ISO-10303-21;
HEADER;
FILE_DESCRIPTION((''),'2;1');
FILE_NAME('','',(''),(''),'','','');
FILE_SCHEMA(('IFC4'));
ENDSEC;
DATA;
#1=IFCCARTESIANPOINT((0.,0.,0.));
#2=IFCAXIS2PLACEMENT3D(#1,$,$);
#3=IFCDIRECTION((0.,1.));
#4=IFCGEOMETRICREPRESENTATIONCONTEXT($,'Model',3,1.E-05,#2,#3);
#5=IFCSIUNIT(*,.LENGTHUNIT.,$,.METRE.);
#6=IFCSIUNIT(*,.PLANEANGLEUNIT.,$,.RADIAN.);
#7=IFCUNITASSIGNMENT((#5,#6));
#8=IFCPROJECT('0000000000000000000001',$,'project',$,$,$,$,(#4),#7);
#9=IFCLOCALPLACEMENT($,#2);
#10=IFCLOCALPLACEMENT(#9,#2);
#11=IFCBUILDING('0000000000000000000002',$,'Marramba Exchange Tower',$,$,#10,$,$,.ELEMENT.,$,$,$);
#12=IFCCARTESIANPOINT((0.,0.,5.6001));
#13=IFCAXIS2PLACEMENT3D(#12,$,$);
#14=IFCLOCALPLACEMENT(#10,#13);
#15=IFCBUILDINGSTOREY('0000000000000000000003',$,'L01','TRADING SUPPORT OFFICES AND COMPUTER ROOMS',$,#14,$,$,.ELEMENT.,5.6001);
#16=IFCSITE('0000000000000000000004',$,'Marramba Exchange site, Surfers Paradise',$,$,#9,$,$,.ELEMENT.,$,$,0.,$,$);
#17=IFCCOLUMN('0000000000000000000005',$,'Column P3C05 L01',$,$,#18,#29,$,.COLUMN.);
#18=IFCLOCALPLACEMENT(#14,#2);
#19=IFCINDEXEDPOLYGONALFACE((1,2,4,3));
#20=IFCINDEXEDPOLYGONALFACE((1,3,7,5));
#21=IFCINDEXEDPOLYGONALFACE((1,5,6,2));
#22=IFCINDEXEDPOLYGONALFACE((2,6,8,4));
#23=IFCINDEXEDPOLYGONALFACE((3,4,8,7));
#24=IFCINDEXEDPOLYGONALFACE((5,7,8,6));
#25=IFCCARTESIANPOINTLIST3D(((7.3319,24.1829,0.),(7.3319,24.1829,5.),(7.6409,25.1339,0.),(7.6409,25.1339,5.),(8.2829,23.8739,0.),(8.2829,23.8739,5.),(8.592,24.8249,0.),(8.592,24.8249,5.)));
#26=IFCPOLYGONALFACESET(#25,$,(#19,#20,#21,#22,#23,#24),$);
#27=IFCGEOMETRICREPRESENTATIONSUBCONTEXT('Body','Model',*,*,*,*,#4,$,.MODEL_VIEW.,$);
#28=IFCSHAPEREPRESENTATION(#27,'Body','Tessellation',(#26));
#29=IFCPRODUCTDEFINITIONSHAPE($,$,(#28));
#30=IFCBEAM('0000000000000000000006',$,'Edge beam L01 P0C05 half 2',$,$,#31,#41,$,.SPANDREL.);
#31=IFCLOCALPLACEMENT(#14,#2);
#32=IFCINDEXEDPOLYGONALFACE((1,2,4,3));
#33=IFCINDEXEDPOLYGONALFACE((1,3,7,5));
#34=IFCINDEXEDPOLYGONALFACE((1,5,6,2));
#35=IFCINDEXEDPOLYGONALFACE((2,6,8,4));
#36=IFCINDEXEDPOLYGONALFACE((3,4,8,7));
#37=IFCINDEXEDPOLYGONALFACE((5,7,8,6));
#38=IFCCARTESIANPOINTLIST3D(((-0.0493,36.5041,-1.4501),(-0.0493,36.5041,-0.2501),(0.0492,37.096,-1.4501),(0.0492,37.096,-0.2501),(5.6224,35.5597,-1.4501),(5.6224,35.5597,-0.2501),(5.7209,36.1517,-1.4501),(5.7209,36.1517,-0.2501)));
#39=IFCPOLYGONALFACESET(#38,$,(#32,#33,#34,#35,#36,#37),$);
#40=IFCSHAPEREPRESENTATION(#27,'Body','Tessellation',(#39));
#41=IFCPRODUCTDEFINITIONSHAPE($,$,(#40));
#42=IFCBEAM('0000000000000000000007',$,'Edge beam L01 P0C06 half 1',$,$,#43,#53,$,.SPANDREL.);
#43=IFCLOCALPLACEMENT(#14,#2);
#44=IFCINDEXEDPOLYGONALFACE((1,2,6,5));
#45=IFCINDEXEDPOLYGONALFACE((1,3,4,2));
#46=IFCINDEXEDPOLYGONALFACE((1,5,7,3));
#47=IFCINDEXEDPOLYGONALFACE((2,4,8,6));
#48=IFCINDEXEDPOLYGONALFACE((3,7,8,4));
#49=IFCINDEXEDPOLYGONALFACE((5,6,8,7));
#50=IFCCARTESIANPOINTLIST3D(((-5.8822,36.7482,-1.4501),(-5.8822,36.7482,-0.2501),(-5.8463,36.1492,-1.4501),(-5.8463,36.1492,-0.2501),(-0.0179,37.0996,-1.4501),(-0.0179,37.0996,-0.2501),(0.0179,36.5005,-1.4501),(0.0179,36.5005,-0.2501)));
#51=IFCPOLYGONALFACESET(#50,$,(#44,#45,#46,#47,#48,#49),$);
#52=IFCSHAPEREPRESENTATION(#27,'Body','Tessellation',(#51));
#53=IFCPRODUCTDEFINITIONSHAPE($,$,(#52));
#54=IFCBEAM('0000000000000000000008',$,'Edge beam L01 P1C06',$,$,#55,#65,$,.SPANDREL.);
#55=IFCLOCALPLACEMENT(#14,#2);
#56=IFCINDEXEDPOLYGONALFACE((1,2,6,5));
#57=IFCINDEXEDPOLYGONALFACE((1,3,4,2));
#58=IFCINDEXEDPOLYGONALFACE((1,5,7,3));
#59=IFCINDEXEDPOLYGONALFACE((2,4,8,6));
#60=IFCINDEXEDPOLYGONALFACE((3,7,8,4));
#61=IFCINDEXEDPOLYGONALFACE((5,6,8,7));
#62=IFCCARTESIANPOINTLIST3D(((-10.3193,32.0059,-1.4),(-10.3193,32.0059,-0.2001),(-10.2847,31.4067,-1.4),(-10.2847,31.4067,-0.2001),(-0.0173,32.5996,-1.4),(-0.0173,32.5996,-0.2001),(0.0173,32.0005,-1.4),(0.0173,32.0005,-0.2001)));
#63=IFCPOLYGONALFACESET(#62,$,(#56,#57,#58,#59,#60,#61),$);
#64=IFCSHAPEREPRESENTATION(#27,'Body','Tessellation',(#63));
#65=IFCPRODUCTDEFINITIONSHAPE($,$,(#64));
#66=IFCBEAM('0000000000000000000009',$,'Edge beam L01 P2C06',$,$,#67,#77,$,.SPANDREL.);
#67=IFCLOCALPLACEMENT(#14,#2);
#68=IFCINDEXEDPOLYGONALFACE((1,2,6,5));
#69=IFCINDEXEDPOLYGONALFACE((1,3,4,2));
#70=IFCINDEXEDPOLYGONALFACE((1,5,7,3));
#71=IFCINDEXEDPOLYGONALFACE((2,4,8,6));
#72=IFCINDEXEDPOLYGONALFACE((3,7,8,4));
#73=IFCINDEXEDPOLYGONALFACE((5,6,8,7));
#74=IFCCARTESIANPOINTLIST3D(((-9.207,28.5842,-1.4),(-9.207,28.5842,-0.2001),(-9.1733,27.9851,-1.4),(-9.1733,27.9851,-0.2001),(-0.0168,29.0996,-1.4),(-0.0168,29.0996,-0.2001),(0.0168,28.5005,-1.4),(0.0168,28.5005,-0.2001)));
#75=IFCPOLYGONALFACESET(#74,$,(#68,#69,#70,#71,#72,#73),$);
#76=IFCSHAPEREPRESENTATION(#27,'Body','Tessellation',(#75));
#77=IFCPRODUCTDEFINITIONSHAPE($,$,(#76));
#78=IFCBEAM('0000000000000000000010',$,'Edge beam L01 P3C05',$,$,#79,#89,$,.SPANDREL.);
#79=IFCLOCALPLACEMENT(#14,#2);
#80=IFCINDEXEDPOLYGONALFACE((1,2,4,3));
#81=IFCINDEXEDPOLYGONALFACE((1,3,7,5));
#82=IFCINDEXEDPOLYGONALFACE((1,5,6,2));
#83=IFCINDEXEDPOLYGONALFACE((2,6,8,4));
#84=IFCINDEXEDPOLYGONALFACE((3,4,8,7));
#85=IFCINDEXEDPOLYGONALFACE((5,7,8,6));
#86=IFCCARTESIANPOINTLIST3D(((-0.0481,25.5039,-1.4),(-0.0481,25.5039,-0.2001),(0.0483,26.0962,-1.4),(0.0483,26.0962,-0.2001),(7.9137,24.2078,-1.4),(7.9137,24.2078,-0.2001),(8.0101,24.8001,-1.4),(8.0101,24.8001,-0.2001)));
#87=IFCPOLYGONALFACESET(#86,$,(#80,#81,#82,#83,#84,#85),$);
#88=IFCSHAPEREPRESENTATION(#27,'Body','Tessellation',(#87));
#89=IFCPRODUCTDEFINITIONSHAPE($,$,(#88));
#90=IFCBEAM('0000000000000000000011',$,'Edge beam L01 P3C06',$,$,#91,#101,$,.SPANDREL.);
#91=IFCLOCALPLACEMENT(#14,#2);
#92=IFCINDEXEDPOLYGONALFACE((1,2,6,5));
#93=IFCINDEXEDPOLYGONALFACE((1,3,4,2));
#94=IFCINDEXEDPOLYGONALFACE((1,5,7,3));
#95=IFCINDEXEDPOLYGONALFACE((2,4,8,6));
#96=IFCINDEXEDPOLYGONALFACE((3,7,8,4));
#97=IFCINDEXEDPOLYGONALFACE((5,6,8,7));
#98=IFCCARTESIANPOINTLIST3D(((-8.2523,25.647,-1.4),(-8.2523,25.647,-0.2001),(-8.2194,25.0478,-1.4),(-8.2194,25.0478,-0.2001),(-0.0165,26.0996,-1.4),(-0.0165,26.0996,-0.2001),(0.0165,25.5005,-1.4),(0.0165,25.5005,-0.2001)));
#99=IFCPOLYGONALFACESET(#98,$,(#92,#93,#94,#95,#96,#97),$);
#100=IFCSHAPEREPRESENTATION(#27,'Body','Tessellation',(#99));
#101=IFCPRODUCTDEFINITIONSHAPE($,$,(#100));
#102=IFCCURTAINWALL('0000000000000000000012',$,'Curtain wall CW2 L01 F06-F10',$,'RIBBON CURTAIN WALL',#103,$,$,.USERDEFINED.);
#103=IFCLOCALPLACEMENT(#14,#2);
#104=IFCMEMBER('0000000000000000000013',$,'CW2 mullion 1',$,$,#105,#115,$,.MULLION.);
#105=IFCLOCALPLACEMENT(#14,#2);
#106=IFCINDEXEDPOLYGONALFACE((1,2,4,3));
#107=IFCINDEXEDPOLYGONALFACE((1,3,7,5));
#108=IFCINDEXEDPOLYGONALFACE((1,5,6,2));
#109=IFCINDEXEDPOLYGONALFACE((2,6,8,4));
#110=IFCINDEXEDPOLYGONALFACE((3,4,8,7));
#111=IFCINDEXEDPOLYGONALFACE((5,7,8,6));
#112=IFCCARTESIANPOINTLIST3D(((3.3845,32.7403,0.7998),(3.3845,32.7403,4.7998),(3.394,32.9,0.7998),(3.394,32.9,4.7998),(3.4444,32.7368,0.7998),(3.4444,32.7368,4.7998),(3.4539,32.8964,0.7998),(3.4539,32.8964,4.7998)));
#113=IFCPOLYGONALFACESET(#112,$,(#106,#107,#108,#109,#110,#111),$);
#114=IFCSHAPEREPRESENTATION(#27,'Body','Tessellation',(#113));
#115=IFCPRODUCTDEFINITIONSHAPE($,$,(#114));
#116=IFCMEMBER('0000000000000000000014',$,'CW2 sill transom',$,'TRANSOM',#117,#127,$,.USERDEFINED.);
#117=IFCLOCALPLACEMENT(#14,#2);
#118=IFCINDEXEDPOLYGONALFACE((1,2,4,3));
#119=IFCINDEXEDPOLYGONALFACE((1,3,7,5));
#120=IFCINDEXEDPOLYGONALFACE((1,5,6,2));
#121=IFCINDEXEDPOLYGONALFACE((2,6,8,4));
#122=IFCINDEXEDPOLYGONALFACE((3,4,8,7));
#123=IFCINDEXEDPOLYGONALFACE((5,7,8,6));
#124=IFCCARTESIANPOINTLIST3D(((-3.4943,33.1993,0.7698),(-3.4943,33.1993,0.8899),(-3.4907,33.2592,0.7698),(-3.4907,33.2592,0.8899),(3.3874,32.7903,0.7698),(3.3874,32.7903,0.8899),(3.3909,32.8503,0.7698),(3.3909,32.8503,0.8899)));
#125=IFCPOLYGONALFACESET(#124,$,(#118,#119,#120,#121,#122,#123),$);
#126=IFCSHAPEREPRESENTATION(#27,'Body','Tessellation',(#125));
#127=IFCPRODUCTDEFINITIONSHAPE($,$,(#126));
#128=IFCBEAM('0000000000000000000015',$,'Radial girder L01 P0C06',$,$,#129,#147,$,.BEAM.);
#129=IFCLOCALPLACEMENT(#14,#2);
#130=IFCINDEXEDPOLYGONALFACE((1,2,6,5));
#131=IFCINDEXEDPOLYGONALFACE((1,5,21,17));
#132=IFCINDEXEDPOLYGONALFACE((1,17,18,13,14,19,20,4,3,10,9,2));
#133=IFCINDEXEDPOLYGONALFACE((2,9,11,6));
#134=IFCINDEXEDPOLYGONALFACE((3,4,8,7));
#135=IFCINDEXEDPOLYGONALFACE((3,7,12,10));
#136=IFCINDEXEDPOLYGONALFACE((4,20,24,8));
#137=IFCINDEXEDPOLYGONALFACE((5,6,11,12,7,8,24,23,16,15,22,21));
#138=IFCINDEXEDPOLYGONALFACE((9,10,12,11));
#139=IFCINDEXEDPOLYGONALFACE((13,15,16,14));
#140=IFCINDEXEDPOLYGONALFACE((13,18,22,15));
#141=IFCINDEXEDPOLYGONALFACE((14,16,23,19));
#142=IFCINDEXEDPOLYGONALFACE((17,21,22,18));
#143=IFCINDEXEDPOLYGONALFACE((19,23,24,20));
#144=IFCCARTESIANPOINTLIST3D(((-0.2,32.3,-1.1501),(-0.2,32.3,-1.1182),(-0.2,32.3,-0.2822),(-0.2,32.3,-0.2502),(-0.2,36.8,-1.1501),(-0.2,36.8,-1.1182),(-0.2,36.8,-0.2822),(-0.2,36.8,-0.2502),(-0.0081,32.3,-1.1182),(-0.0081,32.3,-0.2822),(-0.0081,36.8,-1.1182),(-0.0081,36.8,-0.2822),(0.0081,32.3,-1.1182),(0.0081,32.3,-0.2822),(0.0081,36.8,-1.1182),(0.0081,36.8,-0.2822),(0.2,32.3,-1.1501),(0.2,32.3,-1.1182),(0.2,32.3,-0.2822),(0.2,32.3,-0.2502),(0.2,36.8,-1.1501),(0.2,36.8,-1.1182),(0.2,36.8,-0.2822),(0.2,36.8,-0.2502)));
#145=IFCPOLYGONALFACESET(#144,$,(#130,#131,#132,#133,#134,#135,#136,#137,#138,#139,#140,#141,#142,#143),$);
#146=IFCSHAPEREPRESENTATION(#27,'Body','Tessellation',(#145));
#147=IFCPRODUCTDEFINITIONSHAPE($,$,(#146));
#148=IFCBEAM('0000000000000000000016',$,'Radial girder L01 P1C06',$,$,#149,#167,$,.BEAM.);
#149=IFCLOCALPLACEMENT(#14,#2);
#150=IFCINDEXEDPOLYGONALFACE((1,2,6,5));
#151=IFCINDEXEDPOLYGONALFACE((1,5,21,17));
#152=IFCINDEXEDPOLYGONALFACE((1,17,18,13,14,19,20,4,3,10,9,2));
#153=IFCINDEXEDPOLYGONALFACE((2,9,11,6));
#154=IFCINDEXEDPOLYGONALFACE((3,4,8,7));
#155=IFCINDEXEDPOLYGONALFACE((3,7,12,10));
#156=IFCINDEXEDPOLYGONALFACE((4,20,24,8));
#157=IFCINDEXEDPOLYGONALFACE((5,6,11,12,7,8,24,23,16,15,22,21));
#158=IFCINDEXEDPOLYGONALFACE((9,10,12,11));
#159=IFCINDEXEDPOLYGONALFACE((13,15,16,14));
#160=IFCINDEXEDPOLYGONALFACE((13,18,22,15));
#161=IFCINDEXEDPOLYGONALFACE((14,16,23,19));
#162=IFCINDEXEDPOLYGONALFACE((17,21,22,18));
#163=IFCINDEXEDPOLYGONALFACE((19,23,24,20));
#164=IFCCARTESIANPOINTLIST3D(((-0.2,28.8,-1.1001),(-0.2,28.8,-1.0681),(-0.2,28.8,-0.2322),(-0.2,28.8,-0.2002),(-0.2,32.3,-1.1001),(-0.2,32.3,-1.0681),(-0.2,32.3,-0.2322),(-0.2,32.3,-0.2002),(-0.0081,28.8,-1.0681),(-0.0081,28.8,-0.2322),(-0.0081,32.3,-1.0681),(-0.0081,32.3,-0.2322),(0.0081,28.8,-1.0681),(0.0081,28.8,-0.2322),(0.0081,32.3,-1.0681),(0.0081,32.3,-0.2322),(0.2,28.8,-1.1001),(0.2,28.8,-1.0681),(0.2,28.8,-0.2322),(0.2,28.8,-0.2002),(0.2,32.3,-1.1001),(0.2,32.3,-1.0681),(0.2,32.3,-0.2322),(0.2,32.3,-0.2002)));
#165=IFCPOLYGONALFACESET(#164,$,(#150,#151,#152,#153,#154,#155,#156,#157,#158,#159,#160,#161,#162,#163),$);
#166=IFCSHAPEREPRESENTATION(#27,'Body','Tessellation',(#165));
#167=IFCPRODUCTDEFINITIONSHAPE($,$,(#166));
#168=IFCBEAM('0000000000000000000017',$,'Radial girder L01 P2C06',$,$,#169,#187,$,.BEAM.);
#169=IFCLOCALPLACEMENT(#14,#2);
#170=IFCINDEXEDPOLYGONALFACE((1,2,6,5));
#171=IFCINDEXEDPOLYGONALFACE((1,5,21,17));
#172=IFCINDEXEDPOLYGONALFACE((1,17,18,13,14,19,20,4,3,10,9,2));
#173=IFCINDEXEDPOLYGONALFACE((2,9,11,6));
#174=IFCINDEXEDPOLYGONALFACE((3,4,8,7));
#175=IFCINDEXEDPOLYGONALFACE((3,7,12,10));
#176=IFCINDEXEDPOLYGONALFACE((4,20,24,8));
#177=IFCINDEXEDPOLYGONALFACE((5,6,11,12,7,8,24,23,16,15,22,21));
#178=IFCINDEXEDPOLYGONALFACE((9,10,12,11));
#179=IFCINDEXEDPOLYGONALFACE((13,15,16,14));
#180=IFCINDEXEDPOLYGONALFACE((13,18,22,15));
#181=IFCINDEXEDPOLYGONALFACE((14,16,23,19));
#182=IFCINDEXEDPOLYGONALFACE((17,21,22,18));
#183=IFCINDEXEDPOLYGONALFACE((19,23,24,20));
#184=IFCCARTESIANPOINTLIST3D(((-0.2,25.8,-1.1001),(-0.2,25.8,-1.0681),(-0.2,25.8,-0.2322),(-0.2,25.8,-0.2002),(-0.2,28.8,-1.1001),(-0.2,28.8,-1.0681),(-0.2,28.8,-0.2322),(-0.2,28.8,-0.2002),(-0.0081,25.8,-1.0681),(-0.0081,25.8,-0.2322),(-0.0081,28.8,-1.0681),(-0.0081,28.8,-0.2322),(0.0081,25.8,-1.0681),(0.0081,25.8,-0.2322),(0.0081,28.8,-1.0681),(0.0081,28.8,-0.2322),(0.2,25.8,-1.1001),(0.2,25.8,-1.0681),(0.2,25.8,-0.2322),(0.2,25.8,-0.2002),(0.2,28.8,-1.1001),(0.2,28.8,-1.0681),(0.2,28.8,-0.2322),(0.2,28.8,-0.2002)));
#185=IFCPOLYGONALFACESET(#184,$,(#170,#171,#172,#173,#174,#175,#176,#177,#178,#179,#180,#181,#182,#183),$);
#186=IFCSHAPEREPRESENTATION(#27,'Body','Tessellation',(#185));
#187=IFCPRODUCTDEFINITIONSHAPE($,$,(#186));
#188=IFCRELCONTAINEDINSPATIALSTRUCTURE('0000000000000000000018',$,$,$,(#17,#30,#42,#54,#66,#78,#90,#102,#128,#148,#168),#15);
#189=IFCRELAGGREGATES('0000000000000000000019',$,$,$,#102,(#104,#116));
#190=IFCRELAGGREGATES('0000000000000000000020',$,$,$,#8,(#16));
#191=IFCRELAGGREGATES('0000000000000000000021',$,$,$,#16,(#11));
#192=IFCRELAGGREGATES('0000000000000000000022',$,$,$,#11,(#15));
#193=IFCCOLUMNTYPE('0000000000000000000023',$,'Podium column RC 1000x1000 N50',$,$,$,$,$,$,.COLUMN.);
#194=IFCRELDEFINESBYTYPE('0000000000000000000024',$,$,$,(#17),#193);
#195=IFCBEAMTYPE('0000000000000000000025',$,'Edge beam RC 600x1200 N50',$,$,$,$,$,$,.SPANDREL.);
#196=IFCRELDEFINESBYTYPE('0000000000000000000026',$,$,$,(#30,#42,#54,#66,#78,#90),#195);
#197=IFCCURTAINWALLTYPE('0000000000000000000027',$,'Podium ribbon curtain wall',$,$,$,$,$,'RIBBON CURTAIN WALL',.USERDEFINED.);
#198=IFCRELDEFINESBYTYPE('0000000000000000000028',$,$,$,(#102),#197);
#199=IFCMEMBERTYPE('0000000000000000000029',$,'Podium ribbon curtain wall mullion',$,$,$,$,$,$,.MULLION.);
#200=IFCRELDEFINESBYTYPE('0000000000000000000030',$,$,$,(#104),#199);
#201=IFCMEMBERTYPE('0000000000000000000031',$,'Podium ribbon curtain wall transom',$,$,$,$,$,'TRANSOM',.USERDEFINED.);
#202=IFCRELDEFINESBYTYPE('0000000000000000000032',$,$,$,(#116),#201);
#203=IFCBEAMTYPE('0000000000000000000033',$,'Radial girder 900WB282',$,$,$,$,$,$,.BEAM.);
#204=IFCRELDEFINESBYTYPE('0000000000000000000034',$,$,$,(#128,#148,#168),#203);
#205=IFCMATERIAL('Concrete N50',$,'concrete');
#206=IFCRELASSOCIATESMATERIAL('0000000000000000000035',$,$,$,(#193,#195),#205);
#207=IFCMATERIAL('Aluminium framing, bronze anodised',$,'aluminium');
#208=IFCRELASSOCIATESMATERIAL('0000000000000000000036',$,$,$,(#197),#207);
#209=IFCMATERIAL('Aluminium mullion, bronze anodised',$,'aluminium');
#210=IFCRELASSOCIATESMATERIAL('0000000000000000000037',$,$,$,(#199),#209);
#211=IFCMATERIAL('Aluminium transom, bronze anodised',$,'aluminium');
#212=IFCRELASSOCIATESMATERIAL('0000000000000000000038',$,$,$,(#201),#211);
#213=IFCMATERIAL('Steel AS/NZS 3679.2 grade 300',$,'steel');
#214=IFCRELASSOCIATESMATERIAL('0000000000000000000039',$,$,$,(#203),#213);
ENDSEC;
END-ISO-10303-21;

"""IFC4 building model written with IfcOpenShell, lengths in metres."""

from ifc_helpers import new_model, si_unit, direction, frame, origin, origin_2d, place, context, subcontext, project, spatial, rectangle, i_section, extrude, material, material_profile, profile_set, type_object, element, aggregate, save


model = new_model("IFC4")

# Units and contexts
model_context = context("Model", 3, precision=1e-05, world=origin(), true_north=direction((0.0, 1.0)))
body_context = subcontext(model_context, "Body", "Model", "MODEL_VIEW")
ifc_project = project(units=[si_unit("LENGTHUNIT", "METRE"), si_unit("PLANEANGLEUNIT", "RADIAN")], contexts=[model_context])

# Site, building, storey
site_placement = place(None, origin())
site = spatial("IfcSite", under=ifc_project, at=site_placement, Name="Marramba Exchange site, Surfers Paradise", CompositionType="ELEMENT", RefElevation=0.0)
building_placement = place(site_placement, origin())
building = spatial("IfcBuilding", under=site, at=building_placement, Name="Marramba Exchange Tower", CompositionType="ELEMENT")
storey_placement = place(building_placement, frame((0.0, 0.0, 5.6001)))
storey = spatial("IfcBuildingStorey", under=building, at=storey_placement, Name="L01", Description="TRADING SUPPORT OFFICES AND COMPUTER ROOMS", CompositionType="ELEMENT", Elevation=5.6001)

# Column
ifc_material_1 = material(Name="Concrete N50", Category="concrete")
ifc_material_profile_1 = material_profile(ifc_material_1, rectangle(XDim=1.0, YDim=1.0, at=origin_2d()), Name="RC 1000x1000")
ifc_profile_set_1 = profile_set([ifc_material_profile_1], Name="Concrete N50")
column_type = type_object("IfcColumnType", Name="Podium column RC 1000x1000 N50", PredefinedType="COLUMN", material=ifc_profile_set_1)
column_placement = place(storey_placement, frame((7.9619, 24.5039, 0.0), z_axis=(0.0, 0.0, 1.0), x_axis=(0.309017, 0.951057, 0.0)))
element("IfcColumn", 1, at=column_placement, inside=storey, type_object=column_type, Name="Column P3C05 L01", PredefinedType="COLUMN", context=body_context, shape_type="SweptSolid", body=[
    extrude(rectangle(XDim=1.0, YDim=1.0, at=origin_2d()), origin(), (0.0, 0.0, 1.0), 5.0),
])

# Beams
ifc_material_profile_2 = material_profile(ifc_material_1, rectangle(XDim=0.6001, YDim=1.2, at=origin_2d()), Name="RC 600x1200")
ifc_profile_set_2 = profile_set([ifc_material_profile_2], Name="Concrete N50")
beam_type_1 = type_object("IfcBeamType", Name="Edge beam RC 600x1200 N50", PredefinedType="SPANDREL", material=ifc_profile_set_2)
beam_1_placement = place(storey_placement, frame((5.6716, 35.8557, -0.8501), z_axis=(-0.98642, 0.164241, 0.0), x_axis=(-0.164241, -0.98642, 0.0)))
element("IfcBeam", 2, at=beam_1_placement, inside=storey, type_object=beam_type_1, Name="Edge beam L01 P0C05 half 2", PredefinedType="SPANDREL", context=body_context, shape_type="SweptSolid", body=[
    extrude(rectangle(XDim=0.6001, YDim=1.2, at=origin_2d()), origin(), (0.0, 0.0, 1.0), 5.7498),
])
beam_2_placement = place(storey_placement, frame((0.0, 36.8, -0.8501), z_axis=(-0.99821, -0.059801, 0.0), x_axis=(0.059801, -0.99821, 0.0)))
element("IfcBeam", 3, at=beam_2_placement, inside=storey, type_object=beam_type_1, Name="Edge beam L01 P0C06 half 1", PredefinedType="SPANDREL", context=body_context, shape_type="SweptSolid", body=[
    extrude(rectangle(XDim=0.6001, YDim=1.2, at=origin_2d()), origin(), (0.0, 0.0, 1.0), 5.8748),
])
beam_3_placement = place(storey_placement, frame((0.0, 32.3, -0.8), z_axis=(-0.998343, -0.057539, 0.0), x_axis=(0.057539, -0.998343, 0.0)))
element("IfcBeam", 4, at=beam_3_placement, inside=storey, type_object=beam_type_1, Name="Edge beam L01 P1C06", PredefinedType="SPANDREL", context=body_context, shape_type="SweptSolid", body=[
    extrude(rectangle(XDim=0.6001, YDim=1.2, at=origin_2d()), origin(), (0.0, 0.0, 1.0), 10.3191),
])
beam_4_placement = place(storey_placement, frame((0.0, 28.8, -0.8), z_axis=(-0.998431, -0.055992, 0.0), x_axis=(0.055992, -0.998431, 0.0)))
element("IfcBeam", 5, at=beam_4_placement, inside=storey, type_object=beam_type_1, Name="Edge beam L01 P2C06", PredefinedType="SPANDREL", context=body_context, shape_type="SweptSolid", body=[
    extrude(rectangle(XDim=0.6001, YDim=1.2, at=origin_2d()), origin(), (0.0, 0.0, 1.0), 9.2046),
])
beam_5_placement = place(storey_placement, frame((7.9619, 24.5039, -0.8), z_axis=(-0.987007, 0.160678, 0.0), x_axis=(-0.160678, -0.987007, 0.0)))
element("IfcBeam", 6, at=beam_5_placement, inside=storey, type_object=beam_type_1, Name="Edge beam L01 P3C05", PredefinedType="SPANDREL", context=body_context, shape_type="SweptSolid", body=[
    extrude(rectangle(XDim=0.6001, YDim=1.2, at=origin_2d()), origin(), (0.0, 0.0, 1.0), 8.0667),
])
beam_6_placement = place(storey_placement, frame((0.0, 25.8, -0.8), z_axis=(-0.998493, -0.054877, 0.0), x_axis=(0.054877, -0.998493, 0.0)))
element("IfcBeam", 7, at=beam_6_placement, inside=storey, type_object=beam_type_1, Name="Edge beam L01 P3C06", PredefinedType="SPANDREL", context=body_context, shape_type="SweptSolid", body=[
    extrude(rectangle(XDim=0.6001, YDim=1.2, at=origin_2d()), origin(), (0.0, 0.0, 1.0), 8.2483),
])

# Curtain wall, members
ifc_material_2 = material(Name="Aluminium framing, bronze anodised", Category="aluminium")
curtain_wall_type = type_object("IfcCurtainWallType", Name="Podium ribbon curtain wall", ElementType="RIBBON CURTAIN WALL", PredefinedType="USERDEFINED", material=ifc_material_2)
curtain_wall_placement = place(storey_placement, origin())
curtain_wall = element("IfcCurtainWall", 8, at=curtain_wall_placement, inside=storey, type_object=curtain_wall_type, Name="Curtain wall CW2 L01 F06-F10", ObjectType="RIBBON CURTAIN WALL", PredefinedType="USERDEFINED")
ifc_material_3 = material(Name="Aluminium mullion, bronze anodised", Category="aluminium")
ifc_material_profile_3 = material_profile(ifc_material_3, rectangle(XDim=0.1599, YDim=0.0601, at=origin_2d()), Name="CW2 mullion 60x160")
ifc_profile_set_3 = profile_set([ifc_material_profile_3], Name="Aluminium mullion, bronze anodised")
member_type_1 = type_object("IfcMemberType", Name="Podium ribbon curtain wall mullion", PredefinedType="MULLION", material=ifc_profile_set_3)
member_1_placement = place(storey_placement, frame((3.4192, 32.8184, 0.7998), z_axis=(0.0, 0.0, 1.0), x_axis=(-0.059317, -0.998239, 0.0)))
member_1 = element("IfcMember", 9, at=member_1_placement, type_object=member_type_1, Name="CW2 mullion 1", PredefinedType="MULLION", context=body_context, shape_type="SweptSolid", body=[
    extrude(rectangle(XDim=0.1599, YDim=0.0601, at=origin_2d()), origin(), (0.0, 0.0, 1.0), 4.0),
])
ifc_material_4 = material(Name="Aluminium transom, bronze anodised", Category="aluminium")
ifc_material_profile_4 = material_profile(ifc_material_4, rectangle(XDim=0.0601, YDim=0.1201, at=origin_2d()), Name="CW2 transom 60x120")
ifc_profile_set_4 = profile_set([ifc_material_profile_4], Name="Aluminium transom, bronze anodised")
member_type_2 = type_object("IfcMemberType", Name="Podium ribbon curtain wall transom", ElementType="TRANSOM", PredefinedType="USERDEFINED", material=ifc_profile_set_4)
member_2_placement = place(storey_placement, frame((3.3892, 32.8203, 0.8298), z_axis=(-0.998239, 0.05932, 0.0), x_axis=(-0.05932, -0.998239, 0.0)))
member_2 = element("IfcMember", 10, at=member_2_placement, type_object=member_type_2, Name="CW2 sill transom", ObjectType="TRANSOM", PredefinedType="USERDEFINED", context=body_context, shape_type="SweptSolid", body=[
    extrude(rectangle(XDim=0.0601, YDim=0.1201, at=origin_2d()), origin(), (0.0, 0.0, 1.0), 6.8938),
])

# Beams
ifc_material_5 = material(Name="Steel AS/NZS 3679.2 grade 300", Category="steel")
ifc_material_profile_5 = material_profile(ifc_material_5, i_section(OverallWidth=0.3999, OverallDepth=0.8999, WebThickness=0.0161, FlangeThickness=0.032, at=origin_2d()), Name="900WB282")
ifc_profile_set_5 = profile_set([ifc_material_profile_5], Name="Steel AS/NZS 3679.2 grade 300")
beam_type_2 = type_object("IfcBeamType", Name="Radial girder 900WB282", PredefinedType="BEAM", material=ifc_profile_set_5)
beam_7_placement = place(storey_placement, frame((0.0, 36.8, -0.7002), z_axis=(0.0, -1.0, 0.0), x_axis=(1.0, 0.0, 0.0)))
element("IfcBeam", 11, at=beam_7_placement, inside=storey, type_object=beam_type_2, Name="Radial girder L01 P0C06", PredefinedType="BEAM", context=body_context, shape_type="SweptSolid", body=[
    extrude(i_section(OverallWidth=0.3999, OverallDepth=0.8999, WebThickness=0.0161, FlangeThickness=0.032, at=origin_2d()), origin(), (0.0, 0.0, 1.0), 4.5),
])
beam_8_placement = place(storey_placement, frame((0.0, 32.3, -0.6501), z_axis=(0.0, -1.0, 0.0), x_axis=(1.0, 0.0, 0.0)))
element("IfcBeam", 12, at=beam_8_placement, inside=storey, type_object=beam_type_2, Name="Radial girder L01 P1C06", PredefinedType="BEAM", context=body_context, shape_type="SweptSolid", body=[
    extrude(i_section(OverallWidth=0.3999, OverallDepth=0.8999, WebThickness=0.0161, FlangeThickness=0.032, at=origin_2d()), origin(), (0.0, 0.0, 1.0), 3.5),
])
beam_9_placement = place(storey_placement, frame((0.0, 28.8, -0.6501), z_axis=(0.0, -1.0, 0.0), x_axis=(1.0, 0.0, 0.0)))
element("IfcBeam", 13, at=beam_9_placement, inside=storey, type_object=beam_type_2, Name="Radial girder L01 P2C06", PredefinedType="BEAM", context=body_context, shape_type="SweptSolid", body=[
    extrude(i_section(OverallWidth=0.3999, OverallDepth=0.8999, WebThickness=0.0161, FlangeThickness=0.032, at=origin_2d()), origin(), (0.0, 0.0, 1.0), 3.0),
])

aggregate(curtain_wall, [member_1, member_2])

save(model, "model.ifc")
